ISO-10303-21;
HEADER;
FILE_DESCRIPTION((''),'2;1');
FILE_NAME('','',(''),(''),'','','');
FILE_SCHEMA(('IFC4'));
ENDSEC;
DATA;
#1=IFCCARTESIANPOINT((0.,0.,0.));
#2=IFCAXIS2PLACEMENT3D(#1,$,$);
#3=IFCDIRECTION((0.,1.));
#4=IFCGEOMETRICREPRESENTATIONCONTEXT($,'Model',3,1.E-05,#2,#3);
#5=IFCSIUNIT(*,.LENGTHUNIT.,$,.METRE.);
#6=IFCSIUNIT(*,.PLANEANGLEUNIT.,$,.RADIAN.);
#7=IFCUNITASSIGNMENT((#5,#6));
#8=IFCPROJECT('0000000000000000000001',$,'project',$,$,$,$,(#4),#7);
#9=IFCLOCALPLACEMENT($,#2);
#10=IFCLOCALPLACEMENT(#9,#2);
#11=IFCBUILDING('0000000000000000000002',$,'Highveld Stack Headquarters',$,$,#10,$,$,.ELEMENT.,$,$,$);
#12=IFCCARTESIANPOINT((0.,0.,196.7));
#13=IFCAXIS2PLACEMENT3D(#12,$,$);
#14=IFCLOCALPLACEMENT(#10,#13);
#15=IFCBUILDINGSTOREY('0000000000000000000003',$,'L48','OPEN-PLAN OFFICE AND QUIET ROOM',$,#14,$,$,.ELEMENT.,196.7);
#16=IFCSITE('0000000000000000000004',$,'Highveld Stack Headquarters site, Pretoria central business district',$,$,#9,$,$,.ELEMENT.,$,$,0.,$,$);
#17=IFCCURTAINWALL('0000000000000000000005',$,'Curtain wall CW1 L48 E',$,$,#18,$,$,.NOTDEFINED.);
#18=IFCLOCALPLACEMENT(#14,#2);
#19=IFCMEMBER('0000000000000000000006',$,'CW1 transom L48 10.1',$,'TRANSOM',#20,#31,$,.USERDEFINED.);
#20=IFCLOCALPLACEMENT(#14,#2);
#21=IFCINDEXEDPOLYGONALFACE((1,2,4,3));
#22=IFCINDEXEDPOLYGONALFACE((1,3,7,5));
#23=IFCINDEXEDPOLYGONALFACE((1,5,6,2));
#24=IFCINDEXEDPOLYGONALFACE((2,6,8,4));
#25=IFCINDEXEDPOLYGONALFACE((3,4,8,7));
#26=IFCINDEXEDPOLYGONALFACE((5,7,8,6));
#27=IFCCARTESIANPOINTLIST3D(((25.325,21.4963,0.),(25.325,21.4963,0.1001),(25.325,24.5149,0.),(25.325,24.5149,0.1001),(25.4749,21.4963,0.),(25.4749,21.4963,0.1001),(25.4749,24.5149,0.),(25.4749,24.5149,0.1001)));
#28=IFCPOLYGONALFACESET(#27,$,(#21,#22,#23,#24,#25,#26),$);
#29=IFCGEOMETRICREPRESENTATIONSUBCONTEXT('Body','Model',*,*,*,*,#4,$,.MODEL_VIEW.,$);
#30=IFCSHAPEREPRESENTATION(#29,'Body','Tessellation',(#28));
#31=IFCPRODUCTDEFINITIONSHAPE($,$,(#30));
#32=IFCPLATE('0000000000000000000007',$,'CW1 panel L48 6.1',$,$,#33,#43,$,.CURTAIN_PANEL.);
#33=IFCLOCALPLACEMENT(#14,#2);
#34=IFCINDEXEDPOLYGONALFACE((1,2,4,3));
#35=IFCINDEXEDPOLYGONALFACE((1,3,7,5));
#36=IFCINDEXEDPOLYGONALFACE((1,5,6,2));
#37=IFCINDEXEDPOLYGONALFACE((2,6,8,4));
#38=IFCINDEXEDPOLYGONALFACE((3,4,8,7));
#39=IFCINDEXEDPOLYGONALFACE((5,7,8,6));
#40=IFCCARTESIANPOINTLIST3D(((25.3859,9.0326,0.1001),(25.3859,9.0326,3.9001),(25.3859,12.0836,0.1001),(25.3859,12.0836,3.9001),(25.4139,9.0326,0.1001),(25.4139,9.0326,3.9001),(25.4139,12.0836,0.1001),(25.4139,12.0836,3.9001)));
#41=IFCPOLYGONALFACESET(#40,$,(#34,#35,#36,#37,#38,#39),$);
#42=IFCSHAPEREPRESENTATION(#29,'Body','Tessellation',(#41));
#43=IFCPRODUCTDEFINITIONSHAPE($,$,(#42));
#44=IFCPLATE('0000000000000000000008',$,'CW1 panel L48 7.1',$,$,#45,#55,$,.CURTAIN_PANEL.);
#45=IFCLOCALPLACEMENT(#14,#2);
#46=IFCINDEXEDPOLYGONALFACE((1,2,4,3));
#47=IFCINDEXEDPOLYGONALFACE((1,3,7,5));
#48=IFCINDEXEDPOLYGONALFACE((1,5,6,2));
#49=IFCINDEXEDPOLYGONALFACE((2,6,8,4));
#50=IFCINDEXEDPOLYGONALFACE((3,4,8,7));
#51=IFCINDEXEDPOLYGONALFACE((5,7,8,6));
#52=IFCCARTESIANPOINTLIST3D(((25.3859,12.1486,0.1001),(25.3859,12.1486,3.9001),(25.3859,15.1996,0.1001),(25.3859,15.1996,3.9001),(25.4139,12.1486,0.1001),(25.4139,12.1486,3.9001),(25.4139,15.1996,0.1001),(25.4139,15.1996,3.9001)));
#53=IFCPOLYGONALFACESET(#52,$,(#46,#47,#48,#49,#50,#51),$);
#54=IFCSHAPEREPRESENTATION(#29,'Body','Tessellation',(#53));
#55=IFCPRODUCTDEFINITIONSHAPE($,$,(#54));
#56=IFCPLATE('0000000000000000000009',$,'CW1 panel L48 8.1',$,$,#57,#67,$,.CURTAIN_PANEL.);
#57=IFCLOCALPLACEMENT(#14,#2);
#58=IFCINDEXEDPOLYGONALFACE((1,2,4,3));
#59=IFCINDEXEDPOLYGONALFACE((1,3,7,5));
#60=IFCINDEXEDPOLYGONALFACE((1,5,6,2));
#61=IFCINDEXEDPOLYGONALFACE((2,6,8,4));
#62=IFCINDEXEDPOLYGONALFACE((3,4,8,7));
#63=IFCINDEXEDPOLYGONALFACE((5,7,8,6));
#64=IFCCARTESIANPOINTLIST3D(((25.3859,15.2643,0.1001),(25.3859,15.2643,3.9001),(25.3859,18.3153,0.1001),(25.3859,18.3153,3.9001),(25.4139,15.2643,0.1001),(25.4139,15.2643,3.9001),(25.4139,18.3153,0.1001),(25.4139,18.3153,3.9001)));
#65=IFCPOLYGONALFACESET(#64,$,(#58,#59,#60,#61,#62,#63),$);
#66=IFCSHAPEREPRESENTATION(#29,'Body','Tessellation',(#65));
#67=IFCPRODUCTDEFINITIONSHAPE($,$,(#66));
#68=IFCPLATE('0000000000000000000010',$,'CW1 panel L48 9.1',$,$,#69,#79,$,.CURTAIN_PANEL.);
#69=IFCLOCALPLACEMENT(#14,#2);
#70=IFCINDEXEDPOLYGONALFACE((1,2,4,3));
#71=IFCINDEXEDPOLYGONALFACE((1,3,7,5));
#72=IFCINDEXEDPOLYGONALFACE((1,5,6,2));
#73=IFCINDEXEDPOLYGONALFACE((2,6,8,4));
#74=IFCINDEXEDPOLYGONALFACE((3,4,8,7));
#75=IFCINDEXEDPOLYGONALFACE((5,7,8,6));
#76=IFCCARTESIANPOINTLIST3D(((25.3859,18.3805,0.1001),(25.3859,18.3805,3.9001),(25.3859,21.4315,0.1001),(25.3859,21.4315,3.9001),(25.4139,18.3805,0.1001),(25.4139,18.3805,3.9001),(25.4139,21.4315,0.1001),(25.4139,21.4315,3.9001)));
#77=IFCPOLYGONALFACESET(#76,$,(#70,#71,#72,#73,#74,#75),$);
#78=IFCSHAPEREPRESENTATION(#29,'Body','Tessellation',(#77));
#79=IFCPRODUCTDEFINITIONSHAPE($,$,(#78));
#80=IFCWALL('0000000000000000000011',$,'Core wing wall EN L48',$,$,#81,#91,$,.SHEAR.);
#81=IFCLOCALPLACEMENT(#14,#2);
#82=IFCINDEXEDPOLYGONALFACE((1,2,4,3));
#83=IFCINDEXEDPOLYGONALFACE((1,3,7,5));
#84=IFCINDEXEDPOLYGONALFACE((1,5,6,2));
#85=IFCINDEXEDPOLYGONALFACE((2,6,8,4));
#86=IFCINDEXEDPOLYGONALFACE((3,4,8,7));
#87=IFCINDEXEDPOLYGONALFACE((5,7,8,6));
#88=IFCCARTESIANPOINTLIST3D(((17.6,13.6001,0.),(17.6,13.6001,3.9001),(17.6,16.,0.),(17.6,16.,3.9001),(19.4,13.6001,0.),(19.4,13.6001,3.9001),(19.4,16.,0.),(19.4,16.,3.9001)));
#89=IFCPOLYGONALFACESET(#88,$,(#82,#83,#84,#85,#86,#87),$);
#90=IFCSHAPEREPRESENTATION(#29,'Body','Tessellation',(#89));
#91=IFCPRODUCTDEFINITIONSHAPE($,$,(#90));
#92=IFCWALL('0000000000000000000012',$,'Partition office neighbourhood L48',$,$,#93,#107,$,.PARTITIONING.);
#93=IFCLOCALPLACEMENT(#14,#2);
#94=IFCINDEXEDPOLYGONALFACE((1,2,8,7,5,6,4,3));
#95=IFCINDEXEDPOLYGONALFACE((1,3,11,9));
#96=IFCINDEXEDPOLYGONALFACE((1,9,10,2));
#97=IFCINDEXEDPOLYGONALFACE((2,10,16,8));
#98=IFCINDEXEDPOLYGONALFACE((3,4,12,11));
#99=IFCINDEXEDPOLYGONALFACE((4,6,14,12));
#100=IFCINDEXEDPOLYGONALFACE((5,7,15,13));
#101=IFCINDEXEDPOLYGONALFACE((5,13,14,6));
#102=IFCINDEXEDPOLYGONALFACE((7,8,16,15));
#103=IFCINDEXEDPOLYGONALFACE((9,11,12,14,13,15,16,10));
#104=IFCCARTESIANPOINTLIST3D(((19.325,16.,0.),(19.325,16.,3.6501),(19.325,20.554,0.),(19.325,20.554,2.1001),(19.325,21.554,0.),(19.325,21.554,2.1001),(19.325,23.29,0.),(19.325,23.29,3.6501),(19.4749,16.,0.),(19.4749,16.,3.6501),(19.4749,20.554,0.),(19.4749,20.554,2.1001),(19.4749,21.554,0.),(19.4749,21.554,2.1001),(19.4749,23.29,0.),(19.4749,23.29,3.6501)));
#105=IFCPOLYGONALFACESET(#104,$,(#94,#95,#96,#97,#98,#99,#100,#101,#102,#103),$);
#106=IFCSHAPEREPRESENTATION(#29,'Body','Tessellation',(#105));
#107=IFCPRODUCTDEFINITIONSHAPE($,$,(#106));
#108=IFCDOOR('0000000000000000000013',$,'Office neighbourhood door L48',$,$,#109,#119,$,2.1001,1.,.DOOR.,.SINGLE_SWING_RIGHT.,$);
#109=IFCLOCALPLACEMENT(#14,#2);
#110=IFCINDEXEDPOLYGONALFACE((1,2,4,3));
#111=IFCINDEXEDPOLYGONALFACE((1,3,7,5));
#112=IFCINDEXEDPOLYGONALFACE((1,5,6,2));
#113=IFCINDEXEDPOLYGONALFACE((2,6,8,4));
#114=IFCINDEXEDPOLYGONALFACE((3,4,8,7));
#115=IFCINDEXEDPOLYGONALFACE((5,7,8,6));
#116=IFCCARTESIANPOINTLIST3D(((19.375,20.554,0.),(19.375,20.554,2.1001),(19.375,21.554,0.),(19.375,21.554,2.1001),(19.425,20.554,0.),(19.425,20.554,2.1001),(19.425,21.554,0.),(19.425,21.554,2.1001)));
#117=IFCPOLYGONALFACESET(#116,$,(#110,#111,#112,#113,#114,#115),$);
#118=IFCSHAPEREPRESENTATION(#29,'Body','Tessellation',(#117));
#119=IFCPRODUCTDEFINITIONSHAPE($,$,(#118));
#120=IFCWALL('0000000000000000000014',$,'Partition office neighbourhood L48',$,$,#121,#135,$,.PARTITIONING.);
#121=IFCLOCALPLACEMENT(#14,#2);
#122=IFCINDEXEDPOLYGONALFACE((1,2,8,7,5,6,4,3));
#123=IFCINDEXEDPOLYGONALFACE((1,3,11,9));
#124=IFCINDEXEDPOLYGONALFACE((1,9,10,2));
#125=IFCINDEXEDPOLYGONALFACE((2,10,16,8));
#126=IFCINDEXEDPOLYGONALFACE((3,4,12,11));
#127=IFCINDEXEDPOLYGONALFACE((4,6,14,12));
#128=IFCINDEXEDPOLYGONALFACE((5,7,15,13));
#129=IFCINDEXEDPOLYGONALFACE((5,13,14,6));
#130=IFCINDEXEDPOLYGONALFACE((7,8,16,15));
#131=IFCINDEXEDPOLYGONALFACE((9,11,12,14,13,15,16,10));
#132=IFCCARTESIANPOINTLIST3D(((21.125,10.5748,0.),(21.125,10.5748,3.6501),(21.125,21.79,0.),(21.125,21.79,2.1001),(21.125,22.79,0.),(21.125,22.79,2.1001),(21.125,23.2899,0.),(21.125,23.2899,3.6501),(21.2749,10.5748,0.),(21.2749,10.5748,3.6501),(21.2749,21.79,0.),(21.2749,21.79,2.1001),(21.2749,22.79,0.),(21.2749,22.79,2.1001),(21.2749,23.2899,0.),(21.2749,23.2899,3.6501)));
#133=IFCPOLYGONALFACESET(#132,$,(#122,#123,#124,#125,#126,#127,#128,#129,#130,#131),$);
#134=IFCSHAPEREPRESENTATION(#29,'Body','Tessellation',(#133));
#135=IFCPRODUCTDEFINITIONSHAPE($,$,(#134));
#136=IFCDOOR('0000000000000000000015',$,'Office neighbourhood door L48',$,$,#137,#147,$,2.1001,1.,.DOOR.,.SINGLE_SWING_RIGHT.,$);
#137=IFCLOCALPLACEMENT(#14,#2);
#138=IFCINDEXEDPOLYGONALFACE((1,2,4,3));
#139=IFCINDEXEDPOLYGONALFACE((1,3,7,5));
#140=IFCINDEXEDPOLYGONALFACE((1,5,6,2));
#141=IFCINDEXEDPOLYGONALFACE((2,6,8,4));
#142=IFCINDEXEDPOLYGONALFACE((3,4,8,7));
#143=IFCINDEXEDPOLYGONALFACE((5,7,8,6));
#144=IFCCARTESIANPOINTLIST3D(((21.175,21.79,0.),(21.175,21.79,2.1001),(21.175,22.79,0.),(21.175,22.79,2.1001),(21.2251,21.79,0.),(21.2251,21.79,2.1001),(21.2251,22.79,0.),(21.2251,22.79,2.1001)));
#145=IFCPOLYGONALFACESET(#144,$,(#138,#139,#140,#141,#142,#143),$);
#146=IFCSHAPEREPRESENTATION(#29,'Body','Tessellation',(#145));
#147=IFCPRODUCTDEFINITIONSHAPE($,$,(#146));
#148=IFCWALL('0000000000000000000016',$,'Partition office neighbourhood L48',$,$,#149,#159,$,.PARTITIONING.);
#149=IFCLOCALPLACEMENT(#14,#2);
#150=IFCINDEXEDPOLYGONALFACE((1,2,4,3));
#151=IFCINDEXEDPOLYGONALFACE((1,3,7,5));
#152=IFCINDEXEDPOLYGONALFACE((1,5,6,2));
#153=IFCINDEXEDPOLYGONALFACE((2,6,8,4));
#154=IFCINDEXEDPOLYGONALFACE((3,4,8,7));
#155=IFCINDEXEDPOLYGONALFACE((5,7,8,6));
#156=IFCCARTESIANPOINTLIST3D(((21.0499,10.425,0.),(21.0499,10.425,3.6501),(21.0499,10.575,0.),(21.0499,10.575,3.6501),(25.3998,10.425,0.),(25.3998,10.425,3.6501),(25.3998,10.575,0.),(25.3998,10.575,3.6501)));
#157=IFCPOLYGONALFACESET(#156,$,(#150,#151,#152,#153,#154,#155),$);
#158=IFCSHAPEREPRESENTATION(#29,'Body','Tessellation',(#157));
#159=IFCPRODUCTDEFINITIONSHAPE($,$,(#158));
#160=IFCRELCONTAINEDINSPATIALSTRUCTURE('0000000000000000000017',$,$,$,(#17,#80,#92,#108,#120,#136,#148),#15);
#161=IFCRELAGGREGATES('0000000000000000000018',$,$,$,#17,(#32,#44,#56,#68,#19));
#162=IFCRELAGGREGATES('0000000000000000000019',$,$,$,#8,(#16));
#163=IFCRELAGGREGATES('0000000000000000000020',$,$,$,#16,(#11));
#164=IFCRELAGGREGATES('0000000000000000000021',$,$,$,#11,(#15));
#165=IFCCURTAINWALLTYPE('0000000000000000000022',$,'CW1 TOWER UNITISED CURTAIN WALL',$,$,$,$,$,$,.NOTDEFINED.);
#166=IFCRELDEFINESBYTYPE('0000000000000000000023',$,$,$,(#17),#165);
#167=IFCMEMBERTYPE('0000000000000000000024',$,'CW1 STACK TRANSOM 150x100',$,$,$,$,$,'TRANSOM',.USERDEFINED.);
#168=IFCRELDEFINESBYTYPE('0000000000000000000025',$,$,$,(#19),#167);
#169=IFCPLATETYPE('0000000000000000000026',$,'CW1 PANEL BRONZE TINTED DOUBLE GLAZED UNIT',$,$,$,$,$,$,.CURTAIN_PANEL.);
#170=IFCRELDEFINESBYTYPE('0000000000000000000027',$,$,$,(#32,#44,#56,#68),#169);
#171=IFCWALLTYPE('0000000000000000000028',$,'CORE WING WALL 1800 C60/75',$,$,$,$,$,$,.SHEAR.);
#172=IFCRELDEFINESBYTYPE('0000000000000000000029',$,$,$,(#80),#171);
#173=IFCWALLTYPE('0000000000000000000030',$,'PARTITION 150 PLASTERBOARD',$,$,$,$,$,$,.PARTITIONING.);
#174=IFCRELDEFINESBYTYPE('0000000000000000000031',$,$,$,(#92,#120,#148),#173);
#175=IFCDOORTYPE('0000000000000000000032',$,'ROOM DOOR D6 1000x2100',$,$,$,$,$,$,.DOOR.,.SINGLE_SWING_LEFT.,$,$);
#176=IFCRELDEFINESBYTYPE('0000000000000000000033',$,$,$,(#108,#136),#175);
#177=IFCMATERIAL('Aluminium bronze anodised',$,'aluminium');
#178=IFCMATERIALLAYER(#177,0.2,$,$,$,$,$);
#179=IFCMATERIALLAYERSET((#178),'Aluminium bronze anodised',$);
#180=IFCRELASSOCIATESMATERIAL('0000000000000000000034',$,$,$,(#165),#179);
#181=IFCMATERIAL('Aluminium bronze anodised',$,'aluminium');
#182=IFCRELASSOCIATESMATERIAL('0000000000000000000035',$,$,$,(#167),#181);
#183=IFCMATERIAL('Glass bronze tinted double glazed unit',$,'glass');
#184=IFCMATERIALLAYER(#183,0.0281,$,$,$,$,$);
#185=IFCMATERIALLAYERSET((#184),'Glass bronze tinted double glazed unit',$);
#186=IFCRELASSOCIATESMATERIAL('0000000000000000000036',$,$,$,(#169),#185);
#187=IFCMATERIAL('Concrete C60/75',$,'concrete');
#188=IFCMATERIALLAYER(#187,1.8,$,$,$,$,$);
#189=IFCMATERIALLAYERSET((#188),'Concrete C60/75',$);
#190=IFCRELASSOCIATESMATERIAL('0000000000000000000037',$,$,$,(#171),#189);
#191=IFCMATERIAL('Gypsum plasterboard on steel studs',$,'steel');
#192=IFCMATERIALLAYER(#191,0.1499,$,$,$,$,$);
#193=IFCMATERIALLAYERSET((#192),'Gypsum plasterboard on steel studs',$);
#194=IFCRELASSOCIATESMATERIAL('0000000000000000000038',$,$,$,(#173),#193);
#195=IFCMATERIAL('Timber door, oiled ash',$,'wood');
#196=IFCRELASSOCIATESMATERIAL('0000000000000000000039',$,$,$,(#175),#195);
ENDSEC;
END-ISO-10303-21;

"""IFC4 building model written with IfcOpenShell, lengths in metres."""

from ifc_helpers import new_model, si_unit, direction, frame, frame_2d, origin, origin_2d, place, context, subcontext, project, spatial, rectangle, extrude, material, layer, layer_set, material_profile, profile_set, type_object, element, fill, aggregate, save


model = new_model("IFC4")

# Units and contexts
model_context = context("Model", 3, precision=1e-05, world=origin(), true_north=direction((0.0, 1.0)))
body_context = subcontext(model_context, "Body", "Model", "MODEL_VIEW")
ifc_project = project(units=[si_unit("LENGTHUNIT", "METRE"), si_unit("PLANEANGLEUNIT", "RADIAN")], contexts=[model_context])

# Site, building, storey
site_placement = place(None, origin())
site = spatial("IfcSite", under=ifc_project, at=site_placement, Name="Highveld Stack Headquarters site, Pretoria central business district", CompositionType="ELEMENT", RefElevation=0.0)
building_placement = place(site_placement, origin())
building = spatial("IfcBuilding", under=site, at=building_placement, Name="Highveld Stack Headquarters", CompositionType="ELEMENT")
storey_placement = place(building_placement, frame((0.0, 0.0, 196.7)))
storey = spatial("IfcBuildingStorey", under=building, at=storey_placement, Name="L48", Description="OPEN-PLAN OFFICE AND QUIET ROOM", CompositionType="ELEMENT", Elevation=196.7)

# Curtain wall, member, plates
ifc_material_1 = material(Name="Aluminium bronze anodised", Category="aluminium")
ifc_layer_1 = layer(ifc_material_1, 0.2)
ifc_layer_set_1 = layer_set([ifc_layer_1], Name="Aluminium bronze anodised")
curtain_wall_type = type_object("IfcCurtainWallType", Name="CW1 TOWER UNITISED CURTAIN WALL", PredefinedType="NOTDEFINED", material=ifc_layer_set_1)
curtain_wall_placement = place(storey_placement, origin())
curtain_wall = element("IfcCurtainWall", 1, at=curtain_wall_placement, inside=storey, type_object=curtain_wall_type, Name="Curtain wall CW1 L48 E", PredefinedType="NOTDEFINED")
ifc_material_2 = material(Name="Aluminium bronze anodised", Category="aluminium")
ifc_material_profile_1 = material_profile(ifc_material_2, rectangle(XDim=0.1499, YDim=0.1001, at=origin_2d()), Name="CW1 TRANSOM 150x100")
ifc_profile_set_1 = profile_set([ifc_material_profile_1], Name="Aluminium bronze anodised")
member_type_1 = type_object("IfcMemberType", Name="CW1 STACK TRANSOM 150x100", ElementType="TRANSOM", PredefinedType="USERDEFINED", material=ifc_profile_set_1)
member_1_placement = place(storey_placement, frame((25.3999, 21.4963, 0.05), z_axis=(0.0, 1.0, 0.0), x_axis=(-1.0, 0.0, 0.0)))
member_1 = element("IfcMember", 2, at=member_1_placement, type_object=member_type_1, Name="CW1 transom L48 10.1", ObjectType="TRANSOM", PredefinedType="USERDEFINED", context=body_context, shape_type="SweptSolid", body=[
    extrude(rectangle(XDim=0.1499, YDim=0.1001, at=origin_2d()), origin(), (0.0, 0.0, 1.0), 3.0186),
])
ifc_material_3 = material(Name="Glass bronze tinted double glazed unit", Category="glass")
ifc_layer_2 = layer(ifc_material_3, 0.0281)
ifc_layer_set_2 = layer_set([ifc_layer_2], Name="Glass bronze tinted double glazed unit")
plate_type = type_object("IfcPlateType", Name="CW1 PANEL BRONZE TINTED DOUBLE GLAZED UNIT", PredefinedType="CURTAIN_PANEL", material=ifc_layer_set_2)
plate_1_placement = place(storey_placement, frame((25.3999, 10.5581, 0.1001), z_axis=(0.0, 0.0, 1.0), x_axis=(0.0, 1.0, 0.0)))
plate_1 = element("IfcPlate", 3, at=plate_1_placement, type_object=plate_type, Name="CW1 panel L48 6.1", PredefinedType="CURTAIN_PANEL", context=body_context, shape_type="SweptSolid", body=[
    extrude(rectangle(XDim=3.051, YDim=0.0281, at=origin_2d()), origin(), (0.0, 0.0, 1.0), 3.8),
])
plate_2_placement = place(storey_placement, frame((25.3999, 13.6741, 0.1001), z_axis=(0.0, 0.0, 1.0), x_axis=(0.0, 1.0, 0.0)))
plate_2 = element("IfcPlate", 4, at=plate_2_placement, type_object=plate_type, Name="CW1 panel L48 7.1", PredefinedType="CURTAIN_PANEL", context=body_context, shape_type="SweptSolid", body=[
    extrude(rectangle(XDim=3.051, YDim=0.0281, at=origin_2d()), origin(), (0.0, 0.0, 1.0), 3.8),
])
plate_3_placement = place(storey_placement, frame((25.3999, 16.7898, 0.1001), z_axis=(0.0, 0.0, 1.0), x_axis=(0.0, 1.0, 0.0)))
plate_3 = element("IfcPlate", 5, at=plate_3_placement, type_object=plate_type, Name="CW1 panel L48 8.1", PredefinedType="CURTAIN_PANEL", context=body_context, shape_type="SweptSolid", body=[
    extrude(rectangle(XDim=3.051, YDim=0.0281, at=origin_2d()), origin(), (0.0, 0.0, 1.0), 3.8),
])
plate_4_placement = place(storey_placement, frame((25.3999, 19.906, 0.1001), z_axis=(0.0, 0.0, 1.0), x_axis=(0.0, 1.0, 0.0)))
plate_4 = element("IfcPlate", 6, at=plate_4_placement, type_object=plate_type, Name="CW1 panel L48 9.1", PredefinedType="CURTAIN_PANEL", context=body_context, shape_type="SweptSolid", body=[
    extrude(rectangle(XDim=3.051, YDim=0.0281, at=origin_2d()), origin(), (0.0, 0.0, 1.0), 3.8),
])
aggregate(curtain_wall, [plate_1, plate_2, plate_3, plate_4, member_1])

# Wall
ifc_material_4 = material(Name="Concrete C60/75", Category="concrete")
ifc_layer_3 = layer(ifc_material_4, 1.8)
ifc_layer_set_3 = layer_set([ifc_layer_3], Name="Concrete C60/75")
wall_type_1 = type_object("IfcWallType", Name="CORE WING WALL 1800 C60/75", PredefinedType="SHEAR", material=ifc_layer_set_3)
wall_1_placement = place(storey_placement, frame((18.5, 13.6001, 0.0), z_axis=(0.0, 0.0, 1.0), x_axis=(0.0, 1.0, 0.0)))
element("IfcWall", 7, at=wall_1_placement, inside=storey, type_object=wall_type_1, Name="Core wing wall EN L48", PredefinedType="SHEAR", context=body_context, shape_type="SweptSolid", body=[
    extrude(rectangle(XDim=2.3999, YDim=1.8, at=frame_2d((1.2, 0.0))), origin(), (0.0, 0.0, 1.0), 3.9001),
])

# Walls, openings, doors
ifc_material_5 = material(Name="Gypsum plasterboard on steel studs", Category="steel")
ifc_layer_4 = layer(ifc_material_5, 0.1499)
ifc_layer_set_4 = layer_set([ifc_layer_4], Name="Gypsum plasterboard on steel studs")
wall_type_2 = type_object("IfcWallType", Name="PARTITION 150 PLASTERBOARD", PredefinedType="PARTITIONING", material=ifc_layer_set_4)
wall_2_placement = place(storey_placement, frame((19.3999, 16.0, 0.0), z_axis=(0.0, 0.0, 1.0), x_axis=(0.0, 1.0, 0.0)))
wall_2 = element("IfcWall", 8, at=wall_2_placement, inside=storey, type_object=wall_type_2, Name="Partition office neighbourhood L48", PredefinedType="PARTITIONING", context=body_context, shape_type="SweptSolid", body=[
    extrude(rectangle(XDim=7.29, YDim=0.1499, at=frame_2d((3.645, 0.0))), origin(), (0.0, 0.0, 1.0), 3.6501),
])
opening_1_placement = place(wall_2_placement, frame((4.554, 0.0, 0.0)))
opening_1 = element("IfcOpeningElement", 9, at=opening_1_placement, cuts=wall_2, PredefinedType="OPENING", context=body_context, shape_type="SweptSolid", body=[
    extrude(rectangle(XDim=1.0, YDim=2.1001, at=frame_2d((0.5, 1.05))), frame((0.0, 0.085, 0.0), z_axis=(0.0, -1.0, 0.0), x_axis=(1.0, 0.0, 0.0)), (0.0, 0.0, 1.0), 0.1699),
])
ifc_material_6 = material(Name="Timber door, oiled ash", Category="wood")
door_type = type_object("IfcDoorType", Name="ROOM DOOR D6 1000x2100", OperationType="SINGLE_SWING_LEFT", PredefinedType="DOOR", material=ifc_material_6)
door_1_placement = place(opening_1_placement, origin())
door_1 = element("IfcDoor", 10, at=door_1_placement, inside=storey, type_object=door_type, Name="Office neighbourhood door L48", OperationType="SINGLE_SWING_RIGHT", OverallHeight=2.1001, OverallWidth=1.0, PredefinedType="DOOR", context=body_context, shape_type="SweptSolid", body=[
    extrude(rectangle(XDim=1.0, YDim=2.1001, at=frame_2d((0.5, 1.05))), frame((0.0, 0.0249, 0.0), z_axis=(0.0, -1.0, 0.0), x_axis=(1.0, 0.0, 0.0)), (0.0, 0.0, 1.0), 0.05),
])
fill(opening_1, door_1)
wall_3_placement = place(storey_placement, frame((21.2, 10.575, 0.0), z_axis=(0.0, 0.0, 1.0), x_axis=(0.0, 1.0, 0.0)))
wall_3 = element("IfcWall", 11, at=wall_3_placement, inside=storey, type_object=wall_type_2, Name="Partition office neighbourhood L48", PredefinedType="PARTITIONING", context=body_context, shape_type="SweptSolid", body=[
    extrude(rectangle(XDim=12.7151, YDim=0.1499, at=frame_2d((6.3574, 0.0))), origin(), (0.0, 0.0, 1.0), 3.6501),
])
opening_2_placement = place(wall_3_placement, frame((11.2151, 0.0, 0.0)))
opening_2 = element("IfcOpeningElement", 12, at=opening_2_placement, cuts=wall_3, PredefinedType="OPENING", context=body_context, shape_type="SweptSolid", body=[
    extrude(rectangle(XDim=1.0, YDim=2.1001, at=frame_2d((0.5, 1.05))), frame((0.0, 0.085, 0.0), z_axis=(0.0, -1.0, 0.0), x_axis=(1.0, 0.0, 0.0)), (0.0, 0.0, 1.0), 0.1699),
])
door_2_placement = place(opening_2_placement, origin())
door_2 = element("IfcDoor", 13, at=door_2_placement, inside=storey, type_object=door_type, Name="Office neighbourhood door L48", OperationType="SINGLE_SWING_RIGHT", OverallHeight=2.1001, OverallWidth=1.0, PredefinedType="DOOR", context=body_context, shape_type="SweptSolid", body=[
    extrude(rectangle(XDim=1.0, YDim=2.1001, at=frame_2d((0.5, 1.05))), frame((0.0, 0.0249, 0.0), z_axis=(0.0, -1.0, 0.0), x_axis=(1.0, 0.0, 0.0)), (0.0, 0.0, 1.0), 0.05),
])
fill(opening_2, door_2)

# Wall
wall_4_placement = place(storey_placement, frame((21.05, 10.5, 0.0), z_axis=(0.0, 0.0, 1.0), x_axis=(1.0, 0.0, 0.0)))
element("IfcWall", 14, at=wall_4_placement, inside=storey, type_object=wall_type_2, Name="Partition office neighbourhood L48", PredefinedType="PARTITIONING", context=body_context, shape_type="SweptSolid", body=[
    extrude(rectangle(XDim=4.3499, YDim=0.1499, at=frame_2d((2.1748, 0.0))), origin(), (0.0, 0.0, 1.0), 3.6501),
])

save(model, "model.ifc")
